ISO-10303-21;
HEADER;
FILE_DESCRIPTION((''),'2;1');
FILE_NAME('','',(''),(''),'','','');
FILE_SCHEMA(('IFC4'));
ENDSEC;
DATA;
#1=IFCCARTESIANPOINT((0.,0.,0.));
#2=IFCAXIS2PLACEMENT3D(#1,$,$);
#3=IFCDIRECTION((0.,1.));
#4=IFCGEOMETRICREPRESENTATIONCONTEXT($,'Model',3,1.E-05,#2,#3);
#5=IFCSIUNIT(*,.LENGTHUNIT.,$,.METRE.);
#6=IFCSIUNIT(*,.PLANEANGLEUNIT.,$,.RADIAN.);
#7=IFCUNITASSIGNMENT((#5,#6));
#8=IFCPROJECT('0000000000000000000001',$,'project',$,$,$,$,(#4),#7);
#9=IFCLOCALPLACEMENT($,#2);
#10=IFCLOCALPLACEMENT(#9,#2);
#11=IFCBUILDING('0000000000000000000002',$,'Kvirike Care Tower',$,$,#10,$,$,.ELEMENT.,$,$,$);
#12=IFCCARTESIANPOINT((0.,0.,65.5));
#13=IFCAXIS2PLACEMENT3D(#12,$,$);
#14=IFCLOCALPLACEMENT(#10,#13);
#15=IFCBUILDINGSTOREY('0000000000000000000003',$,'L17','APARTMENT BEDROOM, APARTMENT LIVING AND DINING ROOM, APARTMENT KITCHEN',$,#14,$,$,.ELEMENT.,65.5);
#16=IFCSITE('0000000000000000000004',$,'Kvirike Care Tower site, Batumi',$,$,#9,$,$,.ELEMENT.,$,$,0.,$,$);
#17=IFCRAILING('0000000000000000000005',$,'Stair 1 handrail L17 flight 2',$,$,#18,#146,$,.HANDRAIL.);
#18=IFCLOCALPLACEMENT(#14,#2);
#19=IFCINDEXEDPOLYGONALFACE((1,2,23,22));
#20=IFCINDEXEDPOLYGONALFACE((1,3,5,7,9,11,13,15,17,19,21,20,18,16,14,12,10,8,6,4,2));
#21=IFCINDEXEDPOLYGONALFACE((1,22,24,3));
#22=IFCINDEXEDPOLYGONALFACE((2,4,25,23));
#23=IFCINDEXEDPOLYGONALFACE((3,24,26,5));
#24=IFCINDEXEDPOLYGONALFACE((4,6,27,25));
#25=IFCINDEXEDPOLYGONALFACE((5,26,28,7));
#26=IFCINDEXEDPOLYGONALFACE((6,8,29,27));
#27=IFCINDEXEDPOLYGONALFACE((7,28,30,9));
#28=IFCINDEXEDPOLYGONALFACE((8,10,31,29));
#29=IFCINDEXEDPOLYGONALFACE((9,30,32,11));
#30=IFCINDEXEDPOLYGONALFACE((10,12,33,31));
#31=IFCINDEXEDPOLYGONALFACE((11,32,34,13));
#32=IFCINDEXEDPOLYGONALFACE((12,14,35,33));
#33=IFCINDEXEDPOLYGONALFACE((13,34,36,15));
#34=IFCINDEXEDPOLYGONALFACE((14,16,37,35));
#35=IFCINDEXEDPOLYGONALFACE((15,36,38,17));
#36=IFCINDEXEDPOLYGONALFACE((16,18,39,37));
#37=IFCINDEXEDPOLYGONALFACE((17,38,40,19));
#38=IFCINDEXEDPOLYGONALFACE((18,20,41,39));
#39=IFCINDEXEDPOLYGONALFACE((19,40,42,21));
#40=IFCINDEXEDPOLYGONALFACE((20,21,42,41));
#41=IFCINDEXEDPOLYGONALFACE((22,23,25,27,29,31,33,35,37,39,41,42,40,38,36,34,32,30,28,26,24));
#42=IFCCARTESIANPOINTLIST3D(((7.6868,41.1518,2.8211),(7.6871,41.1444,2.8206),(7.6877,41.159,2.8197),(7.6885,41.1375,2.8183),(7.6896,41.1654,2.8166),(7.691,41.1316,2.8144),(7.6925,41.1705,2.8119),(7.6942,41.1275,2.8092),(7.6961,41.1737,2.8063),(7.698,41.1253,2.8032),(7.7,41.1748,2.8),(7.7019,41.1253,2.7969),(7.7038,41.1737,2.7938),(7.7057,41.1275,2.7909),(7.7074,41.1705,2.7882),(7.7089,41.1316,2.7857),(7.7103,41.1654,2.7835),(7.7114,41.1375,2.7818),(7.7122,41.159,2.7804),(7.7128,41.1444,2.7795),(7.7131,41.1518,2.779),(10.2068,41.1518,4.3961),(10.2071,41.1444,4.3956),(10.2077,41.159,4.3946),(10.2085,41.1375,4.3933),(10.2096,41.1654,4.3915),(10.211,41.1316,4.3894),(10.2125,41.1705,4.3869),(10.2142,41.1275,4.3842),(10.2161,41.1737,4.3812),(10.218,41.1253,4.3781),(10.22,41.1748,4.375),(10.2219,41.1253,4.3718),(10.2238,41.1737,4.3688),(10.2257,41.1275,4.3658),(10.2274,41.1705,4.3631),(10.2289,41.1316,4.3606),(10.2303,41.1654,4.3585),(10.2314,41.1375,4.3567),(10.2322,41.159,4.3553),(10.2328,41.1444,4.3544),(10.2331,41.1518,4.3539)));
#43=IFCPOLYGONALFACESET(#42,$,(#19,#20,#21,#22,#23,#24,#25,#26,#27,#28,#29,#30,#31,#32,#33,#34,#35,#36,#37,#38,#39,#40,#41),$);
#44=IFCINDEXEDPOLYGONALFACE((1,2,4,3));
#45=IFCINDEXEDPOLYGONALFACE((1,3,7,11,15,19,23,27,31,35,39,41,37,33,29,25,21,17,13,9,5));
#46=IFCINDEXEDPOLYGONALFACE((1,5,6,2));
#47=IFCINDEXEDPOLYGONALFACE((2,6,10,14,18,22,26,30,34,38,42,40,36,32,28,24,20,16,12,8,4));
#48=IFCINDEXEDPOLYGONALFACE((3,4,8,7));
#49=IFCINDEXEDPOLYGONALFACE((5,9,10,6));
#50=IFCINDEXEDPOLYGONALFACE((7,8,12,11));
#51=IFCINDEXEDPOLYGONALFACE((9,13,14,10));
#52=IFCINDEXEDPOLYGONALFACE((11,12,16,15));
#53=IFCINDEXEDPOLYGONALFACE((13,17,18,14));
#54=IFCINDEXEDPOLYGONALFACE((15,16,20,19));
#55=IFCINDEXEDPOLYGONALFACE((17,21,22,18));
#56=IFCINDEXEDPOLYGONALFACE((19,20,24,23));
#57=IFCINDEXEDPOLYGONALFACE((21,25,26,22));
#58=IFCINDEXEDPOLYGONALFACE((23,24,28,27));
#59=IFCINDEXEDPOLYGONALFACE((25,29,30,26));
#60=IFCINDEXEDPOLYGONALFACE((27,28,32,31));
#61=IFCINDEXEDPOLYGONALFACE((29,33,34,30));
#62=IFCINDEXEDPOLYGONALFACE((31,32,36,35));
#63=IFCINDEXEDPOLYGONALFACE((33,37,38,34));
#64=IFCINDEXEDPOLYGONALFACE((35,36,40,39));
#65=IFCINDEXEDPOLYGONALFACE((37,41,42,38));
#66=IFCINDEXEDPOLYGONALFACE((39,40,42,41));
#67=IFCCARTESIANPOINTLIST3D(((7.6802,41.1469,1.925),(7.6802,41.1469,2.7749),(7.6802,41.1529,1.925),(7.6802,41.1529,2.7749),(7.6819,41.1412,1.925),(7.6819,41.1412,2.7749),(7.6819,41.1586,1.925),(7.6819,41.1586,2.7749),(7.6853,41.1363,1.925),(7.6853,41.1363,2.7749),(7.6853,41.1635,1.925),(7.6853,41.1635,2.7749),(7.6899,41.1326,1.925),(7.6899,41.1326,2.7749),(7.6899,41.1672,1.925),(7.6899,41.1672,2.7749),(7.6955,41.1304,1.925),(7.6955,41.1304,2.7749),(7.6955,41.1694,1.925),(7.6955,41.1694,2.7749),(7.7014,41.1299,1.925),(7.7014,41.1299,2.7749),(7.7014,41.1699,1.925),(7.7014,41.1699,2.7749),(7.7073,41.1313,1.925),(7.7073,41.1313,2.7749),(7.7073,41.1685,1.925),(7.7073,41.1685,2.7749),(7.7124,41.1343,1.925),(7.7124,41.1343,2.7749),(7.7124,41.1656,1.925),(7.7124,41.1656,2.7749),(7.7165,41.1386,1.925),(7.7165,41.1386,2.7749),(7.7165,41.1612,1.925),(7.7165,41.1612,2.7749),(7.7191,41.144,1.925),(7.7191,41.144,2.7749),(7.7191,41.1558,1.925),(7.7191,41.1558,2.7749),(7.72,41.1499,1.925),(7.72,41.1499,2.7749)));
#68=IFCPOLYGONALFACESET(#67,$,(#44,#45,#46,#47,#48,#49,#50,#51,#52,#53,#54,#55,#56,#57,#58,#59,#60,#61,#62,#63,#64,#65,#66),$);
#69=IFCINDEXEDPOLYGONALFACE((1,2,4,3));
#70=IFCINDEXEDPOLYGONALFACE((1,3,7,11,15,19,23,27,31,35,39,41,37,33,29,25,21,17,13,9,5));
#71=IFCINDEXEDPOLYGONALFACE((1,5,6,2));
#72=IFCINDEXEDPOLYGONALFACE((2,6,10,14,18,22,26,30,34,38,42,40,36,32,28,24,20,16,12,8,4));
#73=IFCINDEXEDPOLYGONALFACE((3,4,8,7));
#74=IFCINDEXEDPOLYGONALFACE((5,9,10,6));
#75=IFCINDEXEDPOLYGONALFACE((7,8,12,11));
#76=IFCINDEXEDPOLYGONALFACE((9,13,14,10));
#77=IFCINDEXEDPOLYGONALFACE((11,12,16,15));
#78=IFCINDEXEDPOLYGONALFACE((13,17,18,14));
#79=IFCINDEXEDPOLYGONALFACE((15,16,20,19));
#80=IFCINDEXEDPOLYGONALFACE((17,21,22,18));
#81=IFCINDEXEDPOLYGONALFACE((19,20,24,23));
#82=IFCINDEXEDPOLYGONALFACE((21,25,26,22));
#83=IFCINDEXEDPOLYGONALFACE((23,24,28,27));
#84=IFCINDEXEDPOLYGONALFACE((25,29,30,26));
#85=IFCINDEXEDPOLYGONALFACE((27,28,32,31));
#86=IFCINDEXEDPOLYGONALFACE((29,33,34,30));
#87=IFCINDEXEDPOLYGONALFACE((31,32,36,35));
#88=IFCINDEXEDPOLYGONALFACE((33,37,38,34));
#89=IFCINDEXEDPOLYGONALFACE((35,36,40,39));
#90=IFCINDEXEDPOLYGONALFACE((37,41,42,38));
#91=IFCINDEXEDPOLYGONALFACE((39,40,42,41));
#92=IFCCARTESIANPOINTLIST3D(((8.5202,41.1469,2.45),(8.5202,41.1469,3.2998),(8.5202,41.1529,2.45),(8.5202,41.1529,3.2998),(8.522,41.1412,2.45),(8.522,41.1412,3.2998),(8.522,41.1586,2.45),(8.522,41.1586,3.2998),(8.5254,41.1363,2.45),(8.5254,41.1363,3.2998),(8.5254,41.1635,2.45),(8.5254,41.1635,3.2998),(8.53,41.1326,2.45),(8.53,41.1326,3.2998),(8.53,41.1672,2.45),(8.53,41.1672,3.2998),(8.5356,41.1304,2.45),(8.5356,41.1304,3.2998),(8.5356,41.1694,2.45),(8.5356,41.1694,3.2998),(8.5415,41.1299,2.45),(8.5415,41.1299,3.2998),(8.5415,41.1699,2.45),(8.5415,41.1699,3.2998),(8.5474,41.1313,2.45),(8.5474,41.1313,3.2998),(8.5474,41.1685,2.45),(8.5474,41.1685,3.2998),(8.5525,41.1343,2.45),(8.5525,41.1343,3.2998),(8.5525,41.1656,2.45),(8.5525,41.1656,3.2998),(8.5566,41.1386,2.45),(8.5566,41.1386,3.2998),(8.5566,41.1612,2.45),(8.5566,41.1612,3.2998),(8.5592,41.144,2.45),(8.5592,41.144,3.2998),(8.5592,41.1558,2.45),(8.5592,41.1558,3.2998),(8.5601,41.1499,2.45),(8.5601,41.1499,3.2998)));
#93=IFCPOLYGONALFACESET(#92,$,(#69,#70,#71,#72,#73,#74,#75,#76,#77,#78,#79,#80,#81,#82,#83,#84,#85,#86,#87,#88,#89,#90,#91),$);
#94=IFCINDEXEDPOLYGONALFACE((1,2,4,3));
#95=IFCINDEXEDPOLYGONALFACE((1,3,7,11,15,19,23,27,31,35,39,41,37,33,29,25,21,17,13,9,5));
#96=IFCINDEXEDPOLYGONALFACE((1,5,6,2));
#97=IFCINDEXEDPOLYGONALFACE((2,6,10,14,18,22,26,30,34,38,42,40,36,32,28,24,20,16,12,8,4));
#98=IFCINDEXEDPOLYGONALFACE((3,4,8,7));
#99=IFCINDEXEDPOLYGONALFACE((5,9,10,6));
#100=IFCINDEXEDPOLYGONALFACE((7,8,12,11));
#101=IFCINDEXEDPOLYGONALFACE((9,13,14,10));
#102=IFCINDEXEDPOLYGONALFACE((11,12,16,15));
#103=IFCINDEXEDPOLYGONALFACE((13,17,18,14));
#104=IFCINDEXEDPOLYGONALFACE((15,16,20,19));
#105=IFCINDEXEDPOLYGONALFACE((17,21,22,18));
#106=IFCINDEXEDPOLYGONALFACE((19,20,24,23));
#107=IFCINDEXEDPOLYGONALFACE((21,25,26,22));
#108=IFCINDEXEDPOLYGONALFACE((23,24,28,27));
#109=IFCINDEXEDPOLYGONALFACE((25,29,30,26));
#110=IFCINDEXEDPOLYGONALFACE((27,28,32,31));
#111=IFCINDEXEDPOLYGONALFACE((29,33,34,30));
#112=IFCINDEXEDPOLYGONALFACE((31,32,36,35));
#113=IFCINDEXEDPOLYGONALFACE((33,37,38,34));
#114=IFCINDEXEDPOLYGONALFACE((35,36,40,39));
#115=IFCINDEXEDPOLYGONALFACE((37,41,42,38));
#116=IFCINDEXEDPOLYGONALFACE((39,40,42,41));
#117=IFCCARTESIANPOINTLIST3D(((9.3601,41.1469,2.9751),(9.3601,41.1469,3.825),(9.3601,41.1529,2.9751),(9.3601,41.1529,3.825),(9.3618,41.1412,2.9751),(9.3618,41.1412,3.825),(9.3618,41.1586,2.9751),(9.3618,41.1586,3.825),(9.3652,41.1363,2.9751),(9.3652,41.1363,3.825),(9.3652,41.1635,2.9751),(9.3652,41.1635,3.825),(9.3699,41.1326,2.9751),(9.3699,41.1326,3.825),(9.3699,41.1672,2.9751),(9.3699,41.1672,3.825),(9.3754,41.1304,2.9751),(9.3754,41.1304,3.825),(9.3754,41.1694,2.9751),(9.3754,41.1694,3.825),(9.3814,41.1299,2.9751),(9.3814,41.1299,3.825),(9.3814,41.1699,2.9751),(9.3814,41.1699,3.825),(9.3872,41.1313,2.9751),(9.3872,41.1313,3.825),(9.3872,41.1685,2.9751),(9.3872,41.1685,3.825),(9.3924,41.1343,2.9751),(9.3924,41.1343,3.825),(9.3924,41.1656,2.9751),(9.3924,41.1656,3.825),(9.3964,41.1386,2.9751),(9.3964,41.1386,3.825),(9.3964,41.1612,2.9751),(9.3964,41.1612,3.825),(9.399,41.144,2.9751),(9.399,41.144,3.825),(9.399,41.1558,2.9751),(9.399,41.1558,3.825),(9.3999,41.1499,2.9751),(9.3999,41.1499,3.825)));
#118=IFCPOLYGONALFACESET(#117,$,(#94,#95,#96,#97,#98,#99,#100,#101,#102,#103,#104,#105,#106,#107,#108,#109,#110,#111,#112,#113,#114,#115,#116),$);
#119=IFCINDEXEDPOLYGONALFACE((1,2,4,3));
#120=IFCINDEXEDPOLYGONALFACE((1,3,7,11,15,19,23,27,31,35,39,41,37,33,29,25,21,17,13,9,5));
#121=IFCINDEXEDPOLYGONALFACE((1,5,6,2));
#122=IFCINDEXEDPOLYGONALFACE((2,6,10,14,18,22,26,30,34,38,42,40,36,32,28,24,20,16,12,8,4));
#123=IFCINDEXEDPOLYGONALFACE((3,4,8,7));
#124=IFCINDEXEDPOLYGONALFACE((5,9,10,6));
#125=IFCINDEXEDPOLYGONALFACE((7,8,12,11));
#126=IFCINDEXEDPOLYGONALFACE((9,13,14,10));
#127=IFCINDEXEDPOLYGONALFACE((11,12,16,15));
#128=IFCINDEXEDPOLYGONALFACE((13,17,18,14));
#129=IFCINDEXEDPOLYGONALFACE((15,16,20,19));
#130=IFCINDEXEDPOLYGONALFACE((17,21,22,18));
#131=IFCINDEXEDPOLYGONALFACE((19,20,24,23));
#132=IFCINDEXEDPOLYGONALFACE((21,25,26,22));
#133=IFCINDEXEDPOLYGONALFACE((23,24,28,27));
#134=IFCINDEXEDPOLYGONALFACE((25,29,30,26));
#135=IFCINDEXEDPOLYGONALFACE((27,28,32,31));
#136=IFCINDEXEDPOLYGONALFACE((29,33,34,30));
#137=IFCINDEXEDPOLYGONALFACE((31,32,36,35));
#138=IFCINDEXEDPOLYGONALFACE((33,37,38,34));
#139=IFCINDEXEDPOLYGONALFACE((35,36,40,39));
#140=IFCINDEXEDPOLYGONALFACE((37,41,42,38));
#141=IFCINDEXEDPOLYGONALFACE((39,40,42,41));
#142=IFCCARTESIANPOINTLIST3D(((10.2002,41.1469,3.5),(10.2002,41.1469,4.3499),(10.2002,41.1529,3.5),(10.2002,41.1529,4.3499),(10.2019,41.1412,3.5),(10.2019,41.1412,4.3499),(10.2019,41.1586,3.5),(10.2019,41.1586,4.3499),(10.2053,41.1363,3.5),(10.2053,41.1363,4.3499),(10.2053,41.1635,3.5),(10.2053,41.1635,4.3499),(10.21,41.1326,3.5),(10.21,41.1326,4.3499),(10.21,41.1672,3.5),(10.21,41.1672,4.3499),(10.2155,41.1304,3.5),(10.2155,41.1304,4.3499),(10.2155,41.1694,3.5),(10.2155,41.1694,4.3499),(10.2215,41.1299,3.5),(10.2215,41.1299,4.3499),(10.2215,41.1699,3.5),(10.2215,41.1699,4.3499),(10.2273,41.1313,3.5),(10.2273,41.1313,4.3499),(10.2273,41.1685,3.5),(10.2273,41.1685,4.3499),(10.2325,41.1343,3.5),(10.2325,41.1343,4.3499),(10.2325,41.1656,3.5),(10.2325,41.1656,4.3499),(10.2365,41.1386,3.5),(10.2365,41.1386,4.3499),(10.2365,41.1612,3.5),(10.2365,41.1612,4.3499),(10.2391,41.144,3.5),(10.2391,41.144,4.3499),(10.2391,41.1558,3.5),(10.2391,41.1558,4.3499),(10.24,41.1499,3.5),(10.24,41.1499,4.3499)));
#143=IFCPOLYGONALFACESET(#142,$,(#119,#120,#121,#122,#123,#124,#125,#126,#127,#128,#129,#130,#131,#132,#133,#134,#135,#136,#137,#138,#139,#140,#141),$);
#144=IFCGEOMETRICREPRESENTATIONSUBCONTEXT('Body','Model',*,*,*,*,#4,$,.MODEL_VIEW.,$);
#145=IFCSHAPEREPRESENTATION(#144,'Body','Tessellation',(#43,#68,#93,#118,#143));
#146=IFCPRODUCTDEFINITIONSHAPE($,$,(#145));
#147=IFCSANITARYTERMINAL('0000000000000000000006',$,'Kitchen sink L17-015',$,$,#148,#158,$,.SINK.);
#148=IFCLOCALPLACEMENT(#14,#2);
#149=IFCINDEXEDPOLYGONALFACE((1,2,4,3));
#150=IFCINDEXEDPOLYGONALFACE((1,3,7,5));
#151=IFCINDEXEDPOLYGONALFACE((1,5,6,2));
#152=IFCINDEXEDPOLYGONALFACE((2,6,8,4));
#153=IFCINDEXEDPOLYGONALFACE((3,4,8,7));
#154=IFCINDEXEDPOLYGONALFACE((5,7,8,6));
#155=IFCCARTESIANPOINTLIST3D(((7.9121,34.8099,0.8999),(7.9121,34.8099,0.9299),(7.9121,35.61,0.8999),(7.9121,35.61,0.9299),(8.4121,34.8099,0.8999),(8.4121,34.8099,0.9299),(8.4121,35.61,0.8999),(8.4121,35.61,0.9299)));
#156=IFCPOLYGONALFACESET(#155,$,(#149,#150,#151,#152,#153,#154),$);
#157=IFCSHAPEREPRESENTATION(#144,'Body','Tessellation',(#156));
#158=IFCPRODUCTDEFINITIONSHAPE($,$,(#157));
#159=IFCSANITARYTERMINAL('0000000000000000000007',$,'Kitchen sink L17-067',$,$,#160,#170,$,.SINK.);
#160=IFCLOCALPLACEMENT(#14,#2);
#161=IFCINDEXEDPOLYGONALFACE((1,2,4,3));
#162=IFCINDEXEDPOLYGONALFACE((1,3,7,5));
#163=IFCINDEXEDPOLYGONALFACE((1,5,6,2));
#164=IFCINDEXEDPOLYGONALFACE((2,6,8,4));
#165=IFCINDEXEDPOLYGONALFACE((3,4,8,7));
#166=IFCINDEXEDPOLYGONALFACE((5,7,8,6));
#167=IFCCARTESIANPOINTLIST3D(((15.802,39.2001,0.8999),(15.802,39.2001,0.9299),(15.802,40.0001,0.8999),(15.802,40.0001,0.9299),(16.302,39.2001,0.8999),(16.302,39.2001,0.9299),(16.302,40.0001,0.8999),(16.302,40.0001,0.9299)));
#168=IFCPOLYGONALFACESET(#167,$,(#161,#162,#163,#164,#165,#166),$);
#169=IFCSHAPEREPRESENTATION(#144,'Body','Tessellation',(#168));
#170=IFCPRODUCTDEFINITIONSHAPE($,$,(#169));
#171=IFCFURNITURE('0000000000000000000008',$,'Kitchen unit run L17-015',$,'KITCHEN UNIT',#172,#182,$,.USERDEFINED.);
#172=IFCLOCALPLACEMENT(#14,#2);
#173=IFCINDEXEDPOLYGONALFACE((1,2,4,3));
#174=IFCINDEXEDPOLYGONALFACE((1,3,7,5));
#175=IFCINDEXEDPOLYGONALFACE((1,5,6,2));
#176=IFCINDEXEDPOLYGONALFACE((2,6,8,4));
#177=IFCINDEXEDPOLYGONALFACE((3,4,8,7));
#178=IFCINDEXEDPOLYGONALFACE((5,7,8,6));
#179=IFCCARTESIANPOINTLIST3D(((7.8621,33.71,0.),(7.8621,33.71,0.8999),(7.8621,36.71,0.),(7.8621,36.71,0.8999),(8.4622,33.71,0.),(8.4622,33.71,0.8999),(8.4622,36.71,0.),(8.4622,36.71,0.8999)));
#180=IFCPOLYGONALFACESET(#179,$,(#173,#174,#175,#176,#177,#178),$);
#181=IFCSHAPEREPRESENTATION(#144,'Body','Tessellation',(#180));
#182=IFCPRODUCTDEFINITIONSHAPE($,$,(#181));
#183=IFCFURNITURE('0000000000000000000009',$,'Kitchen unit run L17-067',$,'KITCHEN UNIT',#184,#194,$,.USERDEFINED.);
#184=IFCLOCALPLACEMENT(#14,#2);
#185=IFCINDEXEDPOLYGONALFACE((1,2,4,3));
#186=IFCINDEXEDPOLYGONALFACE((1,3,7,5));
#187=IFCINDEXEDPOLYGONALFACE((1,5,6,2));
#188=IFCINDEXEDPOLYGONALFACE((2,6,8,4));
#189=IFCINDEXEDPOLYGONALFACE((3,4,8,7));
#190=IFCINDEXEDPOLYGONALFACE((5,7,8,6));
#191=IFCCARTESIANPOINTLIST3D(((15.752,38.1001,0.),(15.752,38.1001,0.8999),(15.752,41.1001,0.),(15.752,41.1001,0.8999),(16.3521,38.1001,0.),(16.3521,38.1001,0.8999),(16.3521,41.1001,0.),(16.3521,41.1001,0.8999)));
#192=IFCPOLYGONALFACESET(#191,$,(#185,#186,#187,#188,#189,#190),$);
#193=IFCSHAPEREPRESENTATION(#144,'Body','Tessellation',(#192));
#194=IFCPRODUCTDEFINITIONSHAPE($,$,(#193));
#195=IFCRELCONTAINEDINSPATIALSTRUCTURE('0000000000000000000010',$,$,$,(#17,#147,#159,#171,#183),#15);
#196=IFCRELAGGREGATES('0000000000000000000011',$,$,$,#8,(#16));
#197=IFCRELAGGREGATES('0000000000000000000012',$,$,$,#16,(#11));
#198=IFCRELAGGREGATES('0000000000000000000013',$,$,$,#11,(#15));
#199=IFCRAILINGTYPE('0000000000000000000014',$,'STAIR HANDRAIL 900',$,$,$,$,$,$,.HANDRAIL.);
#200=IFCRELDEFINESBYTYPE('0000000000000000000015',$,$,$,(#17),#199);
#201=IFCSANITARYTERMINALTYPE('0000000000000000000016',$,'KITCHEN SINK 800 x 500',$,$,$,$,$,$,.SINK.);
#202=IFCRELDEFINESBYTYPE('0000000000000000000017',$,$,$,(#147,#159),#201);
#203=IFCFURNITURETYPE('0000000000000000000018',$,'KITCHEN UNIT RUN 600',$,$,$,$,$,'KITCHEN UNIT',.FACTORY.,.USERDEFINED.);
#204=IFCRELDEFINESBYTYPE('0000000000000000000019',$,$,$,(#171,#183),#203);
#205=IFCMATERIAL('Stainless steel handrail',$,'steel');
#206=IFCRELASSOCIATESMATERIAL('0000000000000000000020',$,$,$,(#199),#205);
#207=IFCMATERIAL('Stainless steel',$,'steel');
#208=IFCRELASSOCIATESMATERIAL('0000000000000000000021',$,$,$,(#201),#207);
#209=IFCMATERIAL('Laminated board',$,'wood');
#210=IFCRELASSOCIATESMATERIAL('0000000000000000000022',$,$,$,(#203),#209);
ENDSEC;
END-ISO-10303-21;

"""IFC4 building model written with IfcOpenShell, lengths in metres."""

from ifc_helpers import new_model, si_unit, direction, frame, origin, origin_2d, place, context, subcontext, project, spatial, rectangle, circle, extrude, material, type_object, element, save


model = new_model("IFC4")

# Units and contexts
model_context = context("Model", 3, precision=1e-05, world=origin(), true_north=direction((0.0, 1.0)))
body_context = subcontext(model_context, "Body", "Model", "MODEL_VIEW")
ifc_project = project(units=[si_unit("LENGTHUNIT", "METRE"), si_unit("PLANEANGLEUNIT", "RADIAN")], contexts=[model_context])

# Site, building, storey
site_placement = place(None, origin())
site = spatial("IfcSite", under=ifc_project, at=site_placement, Name="Kvirike Care Tower site, Batumi", CompositionType="ELEMENT", RefElevation=0.0)
building_placement = place(site_placement, origin())
building = spatial("IfcBuilding", under=site, at=building_placement, Name="Kvirike Care Tower", CompositionType="ELEMENT")
storey_placement = place(building_placement, frame((0.0, 0.0, 65.5)))
storey = spatial("IfcBuildingStorey", under=building, at=storey_placement, Name="L17", Description="APARTMENT BEDROOM, APARTMENT LIVING AND DINING ROOM, APARTMENT KITCHEN", CompositionType="ELEMENT", Elevation=65.5)

# Railing
ifc_material_1 = material(Name="Stainless steel handrail", Category="steel")
railing_type = type_object("IfcRailingType", Name="STAIR HANDRAIL 900", PredefinedType="HANDRAIL", material=ifc_material_1)
railing_placement = place(storey_placement, frame((7.7, 41.1499, 1.925)))
element("IfcRailing", 1, at=railing_placement, inside=storey, type_object=railing_type, Name="Stair 1 handrail L17 flight 2", PredefinedType="HANDRAIL", context=body_context, shape_type="SweptSolid", body=[
    extrude(circle(Radius=0.0249, at=origin_2d()), frame((0.0, 0.0, 0.875), z_axis=(0.848008, 0.0, 0.529984), x_axis=(0.0, 1.0, 0.0)), (0.0, 0.0, 1.0), 2.9717),
    extrude(circle(Radius=0.02, at=origin_2d()), origin(), (0.0, 0.0, 1.0), 0.8499),
    extrude(circle(Radius=0.02, at=origin_2d()), frame((0.8401, 0.0, 0.5249)), (0.0, 0.0, 1.0), 0.8499),
    extrude(circle(Radius=0.02, at=origin_2d()), frame((1.6799, 0.0, 1.05)), (0.0, 0.0, 1.0), 0.8499),
    extrude(circle(Radius=0.02, at=origin_2d()), frame((2.52, 0.0, 1.575)), (0.0, 0.0, 1.0), 0.8499),
])

# Sanitary terminals
ifc_material_2 = material(Name="Stainless steel", Category="steel")
sanitary_terminal_type = type_object("IfcSanitaryTerminalType", Name="KITCHEN SINK 800 x 500", PredefinedType="SINK", material=ifc_material_2)
for number, where, z_axis, x_axis, name in (
    (2, (8.1621, 35.21, 0.8999), (0.0, 0.0, 1.0), (0.0, 1.0, 0.0), "Kitchen sink L17-015"),
    (3, (16.052, 39.6001, 0.8999), (0.0, 0.0, 1.0), (0.0, 1.0, 0.0), "Kitchen sink L17-067"),
):
    element("IfcSanitaryTerminal", number, at=place(storey_placement, frame(where, z_axis=z_axis, x_axis=x_axis)), inside=storey, type_object=sanitary_terminal_type, Name=name, PredefinedType="SINK", context=body_context, shape_type="SweptSolid", body=[
        extrude(rectangle(XDim=0.8, YDim=0.5, at=origin_2d()), origin(), (0.0, 0.0, 1.0), 0.03),
    ])

# Furniture
ifc_material_3 = material(Name="Laminated board", Category="wood")
furniture_type = type_object("IfcFurnitureType", Name="KITCHEN UNIT RUN 600", ElementType="KITCHEN UNIT", AssemblyPlace="FACTORY", PredefinedType="USERDEFINED", material=ifc_material_3)
for number, where, z_axis, x_axis, name in (
    (4, (8.1621, 35.21, 0.0), (0.0, 0.0, 1.0), (0.0, 1.0, 0.0), "Kitchen unit run L17-015"),
    (5, (16.052, 39.6001, 0.0), (0.0, 0.0, 1.0), (0.0, 1.0, 0.0), "Kitchen unit run L17-067"),
):
    element("IfcFurniture", number, at=place(storey_placement, frame(where, z_axis=z_axis, x_axis=x_axis)), inside=storey, type_object=furniture_type, Name=name, ObjectType="KITCHEN UNIT", PredefinedType="USERDEFINED", context=body_context, shape_type="SweptSolid", body=[
        extrude(rectangle(XDim=3.0, YDim=0.6001, at=origin_2d()), origin(), (0.0, 0.0, 1.0), 0.8999),
    ])

save(model, "model.ifc")
